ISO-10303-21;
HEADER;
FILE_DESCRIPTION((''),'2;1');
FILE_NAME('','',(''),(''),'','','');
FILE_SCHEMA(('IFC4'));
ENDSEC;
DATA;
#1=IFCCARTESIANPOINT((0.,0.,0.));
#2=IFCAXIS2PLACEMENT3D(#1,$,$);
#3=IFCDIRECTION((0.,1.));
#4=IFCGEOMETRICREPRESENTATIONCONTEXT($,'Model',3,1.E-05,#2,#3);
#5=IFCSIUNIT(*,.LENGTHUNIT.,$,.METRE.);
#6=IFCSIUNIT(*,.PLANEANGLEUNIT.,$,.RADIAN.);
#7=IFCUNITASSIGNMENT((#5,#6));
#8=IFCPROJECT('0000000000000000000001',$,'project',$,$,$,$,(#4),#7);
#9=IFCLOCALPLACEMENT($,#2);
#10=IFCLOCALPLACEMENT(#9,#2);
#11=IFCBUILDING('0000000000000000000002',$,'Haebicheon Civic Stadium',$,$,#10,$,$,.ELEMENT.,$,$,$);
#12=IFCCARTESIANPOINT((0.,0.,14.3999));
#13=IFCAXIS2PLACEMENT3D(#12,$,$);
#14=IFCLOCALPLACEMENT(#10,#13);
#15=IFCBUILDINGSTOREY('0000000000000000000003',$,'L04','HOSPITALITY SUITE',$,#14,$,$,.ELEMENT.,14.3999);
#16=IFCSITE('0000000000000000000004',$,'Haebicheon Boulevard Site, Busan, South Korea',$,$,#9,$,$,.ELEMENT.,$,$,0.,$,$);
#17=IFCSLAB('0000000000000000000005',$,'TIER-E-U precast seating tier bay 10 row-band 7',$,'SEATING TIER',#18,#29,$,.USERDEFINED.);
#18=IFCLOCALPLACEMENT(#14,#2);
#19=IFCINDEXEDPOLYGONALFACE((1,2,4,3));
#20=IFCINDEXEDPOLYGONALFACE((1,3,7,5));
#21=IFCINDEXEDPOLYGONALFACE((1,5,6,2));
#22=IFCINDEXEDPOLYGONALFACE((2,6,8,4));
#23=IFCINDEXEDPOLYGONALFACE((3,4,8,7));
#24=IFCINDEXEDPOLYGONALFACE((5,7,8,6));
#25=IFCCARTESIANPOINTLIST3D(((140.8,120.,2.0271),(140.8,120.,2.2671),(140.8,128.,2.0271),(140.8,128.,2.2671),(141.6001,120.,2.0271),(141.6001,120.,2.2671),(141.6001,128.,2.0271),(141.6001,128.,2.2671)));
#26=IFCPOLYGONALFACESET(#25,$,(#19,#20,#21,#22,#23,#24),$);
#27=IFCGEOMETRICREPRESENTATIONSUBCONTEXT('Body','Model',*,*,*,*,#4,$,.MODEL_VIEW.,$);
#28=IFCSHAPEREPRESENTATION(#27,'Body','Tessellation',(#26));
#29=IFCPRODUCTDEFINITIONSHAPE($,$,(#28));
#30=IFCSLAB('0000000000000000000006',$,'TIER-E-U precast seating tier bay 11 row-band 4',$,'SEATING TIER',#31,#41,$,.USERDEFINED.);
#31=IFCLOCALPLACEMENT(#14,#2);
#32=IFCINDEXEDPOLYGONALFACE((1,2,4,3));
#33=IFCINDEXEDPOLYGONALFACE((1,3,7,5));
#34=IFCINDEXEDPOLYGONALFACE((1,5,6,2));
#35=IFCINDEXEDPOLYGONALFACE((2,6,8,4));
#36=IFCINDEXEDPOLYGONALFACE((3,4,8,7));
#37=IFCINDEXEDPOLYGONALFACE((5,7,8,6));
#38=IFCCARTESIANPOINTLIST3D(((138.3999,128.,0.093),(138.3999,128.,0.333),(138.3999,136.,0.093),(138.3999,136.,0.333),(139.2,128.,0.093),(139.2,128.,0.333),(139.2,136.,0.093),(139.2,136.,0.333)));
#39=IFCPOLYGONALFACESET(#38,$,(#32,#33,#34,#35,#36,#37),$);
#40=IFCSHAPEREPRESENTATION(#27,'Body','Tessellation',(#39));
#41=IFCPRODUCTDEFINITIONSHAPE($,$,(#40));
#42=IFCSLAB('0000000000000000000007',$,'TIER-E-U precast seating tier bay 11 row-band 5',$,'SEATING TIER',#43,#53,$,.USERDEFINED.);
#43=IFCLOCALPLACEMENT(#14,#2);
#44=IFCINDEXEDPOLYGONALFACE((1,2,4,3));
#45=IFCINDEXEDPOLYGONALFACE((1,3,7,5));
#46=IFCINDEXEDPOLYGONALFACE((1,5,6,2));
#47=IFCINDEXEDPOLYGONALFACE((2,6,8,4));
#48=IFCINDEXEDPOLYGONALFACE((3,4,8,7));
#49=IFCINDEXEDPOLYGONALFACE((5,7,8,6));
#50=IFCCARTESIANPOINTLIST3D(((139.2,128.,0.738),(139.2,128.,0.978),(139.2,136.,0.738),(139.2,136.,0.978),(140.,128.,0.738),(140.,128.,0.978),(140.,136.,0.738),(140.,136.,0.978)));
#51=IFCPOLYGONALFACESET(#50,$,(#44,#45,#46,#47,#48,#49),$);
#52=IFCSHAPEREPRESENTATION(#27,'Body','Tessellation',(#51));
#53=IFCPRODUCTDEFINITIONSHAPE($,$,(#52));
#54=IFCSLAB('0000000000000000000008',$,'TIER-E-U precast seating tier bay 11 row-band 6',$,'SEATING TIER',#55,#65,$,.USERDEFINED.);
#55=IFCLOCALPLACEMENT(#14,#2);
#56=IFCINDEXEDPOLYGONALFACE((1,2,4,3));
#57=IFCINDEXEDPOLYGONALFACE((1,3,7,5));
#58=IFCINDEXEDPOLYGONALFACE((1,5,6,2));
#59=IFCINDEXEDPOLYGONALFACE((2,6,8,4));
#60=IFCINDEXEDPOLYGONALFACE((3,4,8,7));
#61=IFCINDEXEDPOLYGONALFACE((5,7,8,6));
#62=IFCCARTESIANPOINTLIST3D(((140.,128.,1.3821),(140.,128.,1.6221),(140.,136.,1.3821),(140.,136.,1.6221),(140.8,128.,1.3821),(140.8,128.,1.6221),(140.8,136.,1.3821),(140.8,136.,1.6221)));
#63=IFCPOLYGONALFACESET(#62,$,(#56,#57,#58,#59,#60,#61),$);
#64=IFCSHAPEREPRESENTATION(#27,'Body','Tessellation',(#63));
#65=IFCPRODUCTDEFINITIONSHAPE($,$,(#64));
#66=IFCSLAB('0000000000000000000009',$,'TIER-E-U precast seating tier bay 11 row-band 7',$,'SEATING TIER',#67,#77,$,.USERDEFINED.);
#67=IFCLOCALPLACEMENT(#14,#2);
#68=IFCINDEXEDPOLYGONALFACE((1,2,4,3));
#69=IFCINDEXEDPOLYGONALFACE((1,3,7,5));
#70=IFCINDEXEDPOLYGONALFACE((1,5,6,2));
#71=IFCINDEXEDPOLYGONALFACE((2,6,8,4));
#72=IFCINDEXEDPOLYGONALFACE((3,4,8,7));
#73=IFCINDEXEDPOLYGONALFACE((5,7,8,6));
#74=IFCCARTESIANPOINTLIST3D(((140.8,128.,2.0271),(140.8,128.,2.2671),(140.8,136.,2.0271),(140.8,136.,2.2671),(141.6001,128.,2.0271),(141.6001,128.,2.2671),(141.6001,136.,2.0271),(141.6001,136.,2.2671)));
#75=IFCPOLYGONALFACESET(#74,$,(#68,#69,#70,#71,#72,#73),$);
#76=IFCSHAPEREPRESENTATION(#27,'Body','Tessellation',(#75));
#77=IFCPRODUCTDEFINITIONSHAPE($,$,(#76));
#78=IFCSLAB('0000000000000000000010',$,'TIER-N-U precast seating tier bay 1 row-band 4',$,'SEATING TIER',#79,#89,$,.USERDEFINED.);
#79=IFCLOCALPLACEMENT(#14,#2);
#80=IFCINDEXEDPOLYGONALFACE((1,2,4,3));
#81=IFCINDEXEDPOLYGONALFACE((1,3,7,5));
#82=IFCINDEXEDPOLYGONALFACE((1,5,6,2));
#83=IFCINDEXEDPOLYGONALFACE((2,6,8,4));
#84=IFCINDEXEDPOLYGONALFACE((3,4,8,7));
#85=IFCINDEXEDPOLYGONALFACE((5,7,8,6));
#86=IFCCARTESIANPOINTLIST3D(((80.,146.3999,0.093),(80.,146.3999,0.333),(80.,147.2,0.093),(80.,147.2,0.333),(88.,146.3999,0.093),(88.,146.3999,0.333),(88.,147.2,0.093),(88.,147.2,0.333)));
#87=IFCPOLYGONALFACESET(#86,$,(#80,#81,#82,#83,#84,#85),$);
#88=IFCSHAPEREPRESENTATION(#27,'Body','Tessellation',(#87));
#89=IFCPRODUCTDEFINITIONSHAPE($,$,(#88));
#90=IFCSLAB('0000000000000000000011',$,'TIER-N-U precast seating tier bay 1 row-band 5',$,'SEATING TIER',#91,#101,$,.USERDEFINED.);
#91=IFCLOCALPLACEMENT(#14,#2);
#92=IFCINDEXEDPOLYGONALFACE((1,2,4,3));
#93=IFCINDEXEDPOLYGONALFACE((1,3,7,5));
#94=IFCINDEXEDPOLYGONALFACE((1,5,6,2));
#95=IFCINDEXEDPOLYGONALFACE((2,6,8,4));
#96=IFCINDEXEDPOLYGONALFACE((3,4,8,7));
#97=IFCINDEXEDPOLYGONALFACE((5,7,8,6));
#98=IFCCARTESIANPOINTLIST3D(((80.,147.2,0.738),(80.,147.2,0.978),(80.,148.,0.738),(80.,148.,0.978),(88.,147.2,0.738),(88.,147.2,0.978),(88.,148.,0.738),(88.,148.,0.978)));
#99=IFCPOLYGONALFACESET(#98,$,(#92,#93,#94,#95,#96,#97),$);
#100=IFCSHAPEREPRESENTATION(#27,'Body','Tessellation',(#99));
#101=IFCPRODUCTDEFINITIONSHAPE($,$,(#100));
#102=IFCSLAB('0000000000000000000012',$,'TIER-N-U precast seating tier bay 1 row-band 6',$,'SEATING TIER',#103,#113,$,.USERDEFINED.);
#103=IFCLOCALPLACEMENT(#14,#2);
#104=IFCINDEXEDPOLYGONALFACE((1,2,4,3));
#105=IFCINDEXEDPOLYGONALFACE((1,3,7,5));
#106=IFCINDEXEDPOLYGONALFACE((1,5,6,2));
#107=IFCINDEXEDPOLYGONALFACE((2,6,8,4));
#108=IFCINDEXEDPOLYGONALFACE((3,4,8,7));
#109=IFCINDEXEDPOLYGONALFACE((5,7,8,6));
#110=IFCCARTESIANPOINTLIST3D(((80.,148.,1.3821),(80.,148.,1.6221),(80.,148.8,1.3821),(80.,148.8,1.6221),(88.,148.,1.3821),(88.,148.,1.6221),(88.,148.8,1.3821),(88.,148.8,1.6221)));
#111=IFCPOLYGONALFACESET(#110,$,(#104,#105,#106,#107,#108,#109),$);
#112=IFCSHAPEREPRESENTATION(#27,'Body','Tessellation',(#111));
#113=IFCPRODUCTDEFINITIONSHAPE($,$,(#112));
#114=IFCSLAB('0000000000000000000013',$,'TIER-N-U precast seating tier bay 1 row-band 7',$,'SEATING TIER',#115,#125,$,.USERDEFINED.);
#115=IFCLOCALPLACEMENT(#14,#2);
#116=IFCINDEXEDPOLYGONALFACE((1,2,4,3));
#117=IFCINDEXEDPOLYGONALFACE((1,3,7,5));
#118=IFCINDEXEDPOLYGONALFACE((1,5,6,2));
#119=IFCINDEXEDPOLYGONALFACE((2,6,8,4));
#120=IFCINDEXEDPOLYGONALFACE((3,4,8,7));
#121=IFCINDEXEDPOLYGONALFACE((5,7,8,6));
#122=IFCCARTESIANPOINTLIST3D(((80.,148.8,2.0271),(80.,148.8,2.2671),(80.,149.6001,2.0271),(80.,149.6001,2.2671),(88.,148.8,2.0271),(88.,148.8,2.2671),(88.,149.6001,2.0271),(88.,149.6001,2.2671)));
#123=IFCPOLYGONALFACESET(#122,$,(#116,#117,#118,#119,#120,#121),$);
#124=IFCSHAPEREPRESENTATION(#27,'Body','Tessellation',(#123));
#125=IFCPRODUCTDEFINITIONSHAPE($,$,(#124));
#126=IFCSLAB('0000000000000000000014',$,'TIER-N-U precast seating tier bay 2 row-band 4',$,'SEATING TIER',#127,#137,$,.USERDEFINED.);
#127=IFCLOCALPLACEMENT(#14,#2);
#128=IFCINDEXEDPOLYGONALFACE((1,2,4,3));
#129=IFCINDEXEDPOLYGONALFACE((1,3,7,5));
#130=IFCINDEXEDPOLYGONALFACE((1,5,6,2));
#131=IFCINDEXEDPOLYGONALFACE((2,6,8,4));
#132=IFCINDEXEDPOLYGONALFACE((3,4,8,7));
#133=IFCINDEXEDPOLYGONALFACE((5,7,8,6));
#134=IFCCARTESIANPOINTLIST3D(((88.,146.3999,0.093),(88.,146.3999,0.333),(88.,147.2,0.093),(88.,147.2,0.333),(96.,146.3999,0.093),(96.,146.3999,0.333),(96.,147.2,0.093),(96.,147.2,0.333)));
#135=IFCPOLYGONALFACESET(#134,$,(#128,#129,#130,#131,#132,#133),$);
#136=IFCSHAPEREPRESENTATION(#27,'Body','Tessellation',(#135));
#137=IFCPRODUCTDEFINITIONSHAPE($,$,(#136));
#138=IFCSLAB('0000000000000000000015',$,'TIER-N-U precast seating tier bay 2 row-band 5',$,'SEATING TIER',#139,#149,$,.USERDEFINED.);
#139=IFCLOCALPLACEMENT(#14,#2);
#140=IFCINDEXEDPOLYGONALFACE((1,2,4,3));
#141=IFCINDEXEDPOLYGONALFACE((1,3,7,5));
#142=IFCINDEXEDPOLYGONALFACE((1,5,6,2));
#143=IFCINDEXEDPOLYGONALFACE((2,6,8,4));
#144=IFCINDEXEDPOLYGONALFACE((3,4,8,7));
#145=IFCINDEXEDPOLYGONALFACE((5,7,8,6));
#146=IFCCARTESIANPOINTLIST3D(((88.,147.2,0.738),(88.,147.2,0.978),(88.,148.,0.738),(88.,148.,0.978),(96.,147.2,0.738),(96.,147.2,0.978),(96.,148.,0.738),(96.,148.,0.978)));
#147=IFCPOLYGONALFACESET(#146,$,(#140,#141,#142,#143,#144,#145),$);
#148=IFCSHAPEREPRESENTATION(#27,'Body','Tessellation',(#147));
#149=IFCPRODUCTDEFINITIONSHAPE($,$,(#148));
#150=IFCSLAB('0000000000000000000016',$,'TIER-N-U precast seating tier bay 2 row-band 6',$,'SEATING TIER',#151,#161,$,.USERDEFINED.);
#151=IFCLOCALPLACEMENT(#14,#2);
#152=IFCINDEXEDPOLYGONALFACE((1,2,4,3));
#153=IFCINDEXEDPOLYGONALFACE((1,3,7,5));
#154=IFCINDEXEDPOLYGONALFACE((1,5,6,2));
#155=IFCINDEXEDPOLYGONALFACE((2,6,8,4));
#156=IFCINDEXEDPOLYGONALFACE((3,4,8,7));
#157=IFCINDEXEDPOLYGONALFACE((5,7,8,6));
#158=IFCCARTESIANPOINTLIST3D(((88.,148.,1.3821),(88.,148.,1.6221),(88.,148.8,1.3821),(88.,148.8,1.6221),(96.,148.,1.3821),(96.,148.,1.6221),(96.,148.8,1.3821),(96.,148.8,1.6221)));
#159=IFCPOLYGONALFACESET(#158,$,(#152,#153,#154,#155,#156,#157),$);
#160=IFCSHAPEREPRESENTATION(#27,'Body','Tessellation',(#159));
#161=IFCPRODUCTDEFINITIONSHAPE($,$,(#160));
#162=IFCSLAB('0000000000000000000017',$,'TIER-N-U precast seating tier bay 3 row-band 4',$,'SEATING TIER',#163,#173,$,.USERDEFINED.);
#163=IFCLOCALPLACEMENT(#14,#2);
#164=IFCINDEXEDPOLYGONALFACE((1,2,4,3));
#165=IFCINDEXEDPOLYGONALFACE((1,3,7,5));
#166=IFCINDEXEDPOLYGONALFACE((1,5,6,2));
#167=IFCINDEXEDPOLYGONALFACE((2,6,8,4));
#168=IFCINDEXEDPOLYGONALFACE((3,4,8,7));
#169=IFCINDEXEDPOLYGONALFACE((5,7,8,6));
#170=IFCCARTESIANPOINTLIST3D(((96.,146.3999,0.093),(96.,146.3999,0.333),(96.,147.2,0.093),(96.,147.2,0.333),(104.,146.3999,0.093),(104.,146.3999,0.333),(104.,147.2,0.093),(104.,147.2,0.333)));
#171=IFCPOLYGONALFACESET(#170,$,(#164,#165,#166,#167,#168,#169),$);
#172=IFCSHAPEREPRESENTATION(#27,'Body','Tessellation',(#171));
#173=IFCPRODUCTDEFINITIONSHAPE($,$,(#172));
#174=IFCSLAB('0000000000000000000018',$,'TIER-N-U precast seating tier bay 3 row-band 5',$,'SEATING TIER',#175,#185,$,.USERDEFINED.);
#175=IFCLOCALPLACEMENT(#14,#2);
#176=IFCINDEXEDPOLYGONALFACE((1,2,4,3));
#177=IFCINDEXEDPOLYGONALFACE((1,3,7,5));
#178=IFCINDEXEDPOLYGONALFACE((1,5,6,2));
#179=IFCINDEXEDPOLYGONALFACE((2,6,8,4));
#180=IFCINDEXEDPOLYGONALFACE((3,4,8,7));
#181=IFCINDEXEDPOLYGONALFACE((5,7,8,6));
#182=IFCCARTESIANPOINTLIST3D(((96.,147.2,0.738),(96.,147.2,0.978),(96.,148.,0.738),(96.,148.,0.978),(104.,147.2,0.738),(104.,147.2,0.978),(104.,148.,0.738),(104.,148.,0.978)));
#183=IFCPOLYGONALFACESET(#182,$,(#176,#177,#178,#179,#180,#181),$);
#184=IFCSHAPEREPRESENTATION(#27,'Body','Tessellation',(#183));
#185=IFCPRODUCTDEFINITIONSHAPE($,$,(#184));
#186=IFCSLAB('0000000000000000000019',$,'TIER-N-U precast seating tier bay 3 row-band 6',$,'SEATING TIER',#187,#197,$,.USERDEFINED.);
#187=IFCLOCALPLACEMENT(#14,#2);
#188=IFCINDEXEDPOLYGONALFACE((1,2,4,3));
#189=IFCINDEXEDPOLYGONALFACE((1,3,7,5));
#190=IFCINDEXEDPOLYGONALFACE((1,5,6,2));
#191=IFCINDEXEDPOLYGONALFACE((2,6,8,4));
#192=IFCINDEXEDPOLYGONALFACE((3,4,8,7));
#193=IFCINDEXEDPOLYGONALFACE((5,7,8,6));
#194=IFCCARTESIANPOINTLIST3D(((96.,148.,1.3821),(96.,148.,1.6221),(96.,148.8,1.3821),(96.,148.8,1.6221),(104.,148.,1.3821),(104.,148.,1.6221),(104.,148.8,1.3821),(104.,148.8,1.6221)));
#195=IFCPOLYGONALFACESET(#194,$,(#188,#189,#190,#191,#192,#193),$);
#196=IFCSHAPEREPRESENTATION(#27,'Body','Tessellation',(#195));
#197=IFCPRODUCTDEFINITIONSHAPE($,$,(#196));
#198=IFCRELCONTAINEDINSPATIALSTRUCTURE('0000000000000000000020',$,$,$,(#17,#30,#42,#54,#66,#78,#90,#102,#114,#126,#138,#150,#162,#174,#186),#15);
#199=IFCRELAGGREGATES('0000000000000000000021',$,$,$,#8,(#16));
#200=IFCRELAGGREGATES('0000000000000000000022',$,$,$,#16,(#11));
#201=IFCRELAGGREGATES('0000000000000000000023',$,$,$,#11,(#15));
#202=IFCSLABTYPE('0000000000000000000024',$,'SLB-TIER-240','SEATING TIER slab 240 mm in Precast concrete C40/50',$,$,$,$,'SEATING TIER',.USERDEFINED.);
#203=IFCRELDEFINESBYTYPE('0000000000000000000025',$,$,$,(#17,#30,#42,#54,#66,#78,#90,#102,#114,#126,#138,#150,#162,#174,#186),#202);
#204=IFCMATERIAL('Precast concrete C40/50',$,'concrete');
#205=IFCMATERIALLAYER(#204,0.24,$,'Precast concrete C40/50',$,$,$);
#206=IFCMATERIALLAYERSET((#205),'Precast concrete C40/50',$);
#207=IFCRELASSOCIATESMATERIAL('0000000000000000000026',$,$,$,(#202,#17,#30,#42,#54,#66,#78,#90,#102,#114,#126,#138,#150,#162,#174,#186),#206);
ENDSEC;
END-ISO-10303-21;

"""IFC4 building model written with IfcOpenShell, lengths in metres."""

from ifc_helpers import new_model, si_unit, direction, frame, origin, place, context, subcontext, project, spatial, polyline, outline, extrude, material, layer, layer_set, type_object, element, save


model = new_model("IFC4")

# Units and contexts
model_context = context("Model", 3, precision=1e-05, world=origin(), true_north=direction((0.0, 1.0)))
body_context = subcontext(model_context, "Body", "Model", "MODEL_VIEW")
ifc_project = project(units=[si_unit("LENGTHUNIT", "METRE"), si_unit("PLANEANGLEUNIT", "RADIAN")], contexts=[model_context])

# Site, building, storey
site_placement = place(None, origin())
site = spatial("IfcSite", under=ifc_project, at=site_placement, Name="Haebicheon Boulevard Site, Busan, South Korea", CompositionType="ELEMENT", RefElevation=0.0)
building_placement = place(site_placement, origin())
building = spatial("IfcBuilding", under=site, at=building_placement, Name="Haebicheon Civic Stadium", CompositionType="ELEMENT")
storey_placement = place(building_placement, frame((0.0, 0.0, 14.3999)))
storey = spatial("IfcBuildingStorey", under=building, at=storey_placement, Name="L04", Description="HOSPITALITY SUITE", CompositionType="ELEMENT", Elevation=14.3999)

# Slabs
ifc_material = material(Name="Precast concrete C40/50", Category="concrete")
ifc_layer = layer(ifc_material, 0.24, Name="Precast concrete C40/50")
ifc_layer_set = layer_set([ifc_layer], Name="Precast concrete C40/50")
slab_type = type_object("IfcSlabType", Name="SLB-TIER-240", Description="SEATING TIER slab 240 mm in Precast concrete C40/50", ElementType="SEATING TIER", PredefinedType="USERDEFINED", material=ifc_layer_set)
slab_1_placement = place(storey_placement, frame((0.0, 0.0, 2.0271)))
element("IfcSlab", 1, at=slab_1_placement, inside=storey, type_object=slab_type, material=ifc_layer_set, Name="TIER-E-U precast seating tier bay 10 row-band 7", ObjectType="SEATING TIER", PredefinedType="USERDEFINED", context=body_context, shape_type="SweptSolid", body=[
    extrude(outline(polyline([(140.8, 120.0), (141.6001, 120.0), (141.6001, 128.0), (140.8, 128.0), (140.8, 120.0)])), origin(), (0.0, 0.0, 1.0), 0.24),
])
slab_2_placement = place(storey_placement, frame((0.0, 0.0, 0.093)))
element("IfcSlab", 2, at=slab_2_placement, inside=storey, type_object=slab_type, material=ifc_layer_set, Name="TIER-E-U precast seating tier bay 11 row-band 4", ObjectType="SEATING TIER", PredefinedType="USERDEFINED", context=body_context, shape_type="SweptSolid", body=[
    extrude(outline(polyline([(138.3999, 128.0), (139.2, 128.0), (139.2, 136.0), (138.3999, 136.0), (138.3999, 128.0)])), origin(), (0.0, 0.0, 1.0), 0.24),
])
slab_3_placement = place(storey_placement, frame((0.0, 0.0, 0.738)))
element("IfcSlab", 3, at=slab_3_placement, inside=storey, type_object=slab_type, material=ifc_layer_set, Name="TIER-E-U precast seating tier bay 11 row-band 5", ObjectType="SEATING TIER", PredefinedType="USERDEFINED", context=body_context, shape_type="SweptSolid", body=[
    extrude(outline(polyline([(139.2, 128.0), (140.0, 128.0), (140.0, 136.0), (139.2, 136.0), (139.2, 128.0)])), origin(), (0.0, 0.0, 1.0), 0.24),
])
slab_4_placement = place(storey_placement, frame((0.0, 0.0, 1.3821)))
element("IfcSlab", 4, at=slab_4_placement, inside=storey, type_object=slab_type, material=ifc_layer_set, Name="TIER-E-U precast seating tier bay 11 row-band 6", ObjectType="SEATING TIER", PredefinedType="USERDEFINED", context=body_context, shape_type="SweptSolid", body=[
    extrude(outline(polyline([(140.0, 128.0), (140.8, 128.0), (140.8, 136.0), (140.0, 136.0), (140.0, 128.0)])), origin(), (0.0, 0.0, 1.0), 0.24),
])
slab_5_placement = place(storey_placement, frame((0.0, 0.0, 2.0271)))
element("IfcSlab", 5, at=slab_5_placement, inside=storey, type_object=slab_type, material=ifc_layer_set, Name="TIER-E-U precast seating tier bay 11 row-band 7", ObjectType="SEATING TIER", PredefinedType="USERDEFINED", context=body_context, shape_type="SweptSolid", body=[
    extrude(outline(polyline([(140.8, 128.0), (141.6001, 128.0), (141.6001, 136.0), (140.8, 136.0), (140.8, 128.0)])), origin(), (0.0, 0.0, 1.0), 0.24),
])
slab_6_placement = place(storey_placement, frame((0.0, 0.0, 0.093)))
element("IfcSlab", 6, at=slab_6_placement, inside=storey, type_object=slab_type, material=ifc_layer_set, Name="TIER-N-U precast seating tier bay 1 row-band 4", ObjectType="SEATING TIER", PredefinedType="USERDEFINED", context=body_context, shape_type="SweptSolid", body=[
    extrude(outline(polyline([(80.0, 146.3999), (88.0, 146.3999), (88.0, 147.2), (80.0, 147.2), (80.0, 146.3999)])), origin(), (0.0, 0.0, 1.0), 0.24),
])
slab_7_placement = place(storey_placement, frame((0.0, 0.0, 0.738)))
element("IfcSlab", 7, at=slab_7_placement, inside=storey, type_object=slab_type, material=ifc_layer_set, Name="TIER-N-U precast seating tier bay 1 row-band 5", ObjectType="SEATING TIER", PredefinedType="USERDEFINED", context=body_context, shape_type="SweptSolid", body=[
    extrude(outline(polyline([(80.0, 147.2), (88.0, 147.2), (88.0, 148.0), (80.0, 148.0), (80.0, 147.2)])), origin(), (0.0, 0.0, 1.0), 0.24),
])
slab_8_placement = place(storey_placement, frame((0.0, 0.0, 1.3821)))
element("IfcSlab", 8, at=slab_8_placement, inside=storey, type_object=slab_type, material=ifc_layer_set, Name="TIER-N-U precast seating tier bay 1 row-band 6", ObjectType="SEATING TIER", PredefinedType="USERDEFINED", context=body_context, shape_type="SweptSolid", body=[
    extrude(outline(polyline([(80.0, 148.0), (88.0, 148.0), (88.0, 148.8), (80.0, 148.8), (80.0, 148.0)])), origin(), (0.0, 0.0, 1.0), 0.24),
])
slab_9_placement = place(storey_placement, frame((0.0, 0.0, 2.0271)))
element("IfcSlab", 9, at=slab_9_placement, inside=storey, type_object=slab_type, material=ifc_layer_set, Name="TIER-N-U precast seating tier bay 1 row-band 7", ObjectType="SEATING TIER", PredefinedType="USERDEFINED", context=body_context, shape_type="SweptSolid", body=[
    extrude(outline(polyline([(80.0, 148.8), (88.0, 148.8), (88.0, 149.6001), (80.0, 149.6001), (80.0, 148.8)])), origin(), (0.0, 0.0, 1.0), 0.24),
])
slab_10_placement = place(storey_placement, frame((0.0, 0.0, 0.093)))
element("IfcSlab", 10, at=slab_10_placement, inside=storey, type_object=slab_type, material=ifc_layer_set, Name="TIER-N-U precast seating tier bay 2 row-band 4", ObjectType="SEATING TIER", PredefinedType="USERDEFINED", context=body_context, shape_type="SweptSolid", body=[
    extrude(outline(polyline([(88.0, 146.3999), (96.0, 146.3999), (96.0, 147.2), (88.0, 147.2), (88.0, 146.3999)])), origin(), (0.0, 0.0, 1.0), 0.24),
])
slab_11_placement = place(storey_placement, frame((0.0, 0.0, 0.738)))
element("IfcSlab", 11, at=slab_11_placement, inside=storey, type_object=slab_type, material=ifc_layer_set, Name="TIER-N-U precast seating tier bay 2 row-band 5", ObjectType="SEATING TIER", PredefinedType="USERDEFINED", context=body_context, shape_type="SweptSolid", body=[
    extrude(outline(polyline([(88.0, 147.2), (96.0, 147.2), (96.0, 148.0), (88.0, 148.0), (88.0, 147.2)])), origin(), (0.0, 0.0, 1.0), 0.24),
])
slab_12_placement = place(storey_placement, frame((0.0, 0.0, 1.3821)))
element("IfcSlab", 12, at=slab_12_placement, inside=storey, type_object=slab_type, material=ifc_layer_set, Name="TIER-N-U precast seating tier bay 2 row-band 6", ObjectType="SEATING TIER", PredefinedType="USERDEFINED", context=body_context, shape_type="SweptSolid", body=[
    extrude(outline(polyline([(88.0, 148.0), (96.0, 148.0), (96.0, 148.8), (88.0, 148.8), (88.0, 148.0)])), origin(), (0.0, 0.0, 1.0), 0.24),
])
slab_13_placement = place(storey_placement, frame((0.0, 0.0, 0.093)))
element("IfcSlab", 13, at=slab_13_placement, inside=storey, type_object=slab_type, material=ifc_layer_set, Name="TIER-N-U precast seating tier bay 3 row-band 4", ObjectType="SEATING TIER", PredefinedType="USERDEFINED", context=body_context, shape_type="SweptSolid", body=[
    extrude(outline(polyline([(96.0, 146.3999), (104.0, 146.3999), (104.0, 147.2), (96.0, 147.2), (96.0, 146.3999)])), origin(), (0.0, 0.0, 1.0), 0.24),
])
slab_14_placement = place(storey_placement, frame((0.0, 0.0, 0.738)))
element("IfcSlab", 14, at=slab_14_placement, inside=storey, type_object=slab_type, material=ifc_layer_set, Name="TIER-N-U precast seating tier bay 3 row-band 5", ObjectType="SEATING TIER", PredefinedType="USERDEFINED", context=body_context, shape_type="SweptSolid", body=[
    extrude(outline(polyline([(96.0, 147.2), (104.0, 147.2), (104.0, 148.0), (96.0, 148.0), (96.0, 147.2)])), origin(), (0.0, 0.0, 1.0), 0.24),
])
slab_15_placement = place(storey_placement, frame((0.0, 0.0, 1.3821)))
element("IfcSlab", 15, at=slab_15_placement, inside=storey, type_object=slab_type, material=ifc_layer_set, Name="TIER-N-U precast seating tier bay 3 row-band 6", ObjectType="SEATING TIER", PredefinedType="USERDEFINED", context=body_context, shape_type="SweptSolid", body=[
    extrude(outline(polyline([(96.0, 148.0), (104.0, 148.0), (104.0, 148.8), (96.0, 148.8), (96.0, 148.0)])), origin(), (0.0, 0.0, 1.0), 0.24),
])

save(model, "model.ifc")
